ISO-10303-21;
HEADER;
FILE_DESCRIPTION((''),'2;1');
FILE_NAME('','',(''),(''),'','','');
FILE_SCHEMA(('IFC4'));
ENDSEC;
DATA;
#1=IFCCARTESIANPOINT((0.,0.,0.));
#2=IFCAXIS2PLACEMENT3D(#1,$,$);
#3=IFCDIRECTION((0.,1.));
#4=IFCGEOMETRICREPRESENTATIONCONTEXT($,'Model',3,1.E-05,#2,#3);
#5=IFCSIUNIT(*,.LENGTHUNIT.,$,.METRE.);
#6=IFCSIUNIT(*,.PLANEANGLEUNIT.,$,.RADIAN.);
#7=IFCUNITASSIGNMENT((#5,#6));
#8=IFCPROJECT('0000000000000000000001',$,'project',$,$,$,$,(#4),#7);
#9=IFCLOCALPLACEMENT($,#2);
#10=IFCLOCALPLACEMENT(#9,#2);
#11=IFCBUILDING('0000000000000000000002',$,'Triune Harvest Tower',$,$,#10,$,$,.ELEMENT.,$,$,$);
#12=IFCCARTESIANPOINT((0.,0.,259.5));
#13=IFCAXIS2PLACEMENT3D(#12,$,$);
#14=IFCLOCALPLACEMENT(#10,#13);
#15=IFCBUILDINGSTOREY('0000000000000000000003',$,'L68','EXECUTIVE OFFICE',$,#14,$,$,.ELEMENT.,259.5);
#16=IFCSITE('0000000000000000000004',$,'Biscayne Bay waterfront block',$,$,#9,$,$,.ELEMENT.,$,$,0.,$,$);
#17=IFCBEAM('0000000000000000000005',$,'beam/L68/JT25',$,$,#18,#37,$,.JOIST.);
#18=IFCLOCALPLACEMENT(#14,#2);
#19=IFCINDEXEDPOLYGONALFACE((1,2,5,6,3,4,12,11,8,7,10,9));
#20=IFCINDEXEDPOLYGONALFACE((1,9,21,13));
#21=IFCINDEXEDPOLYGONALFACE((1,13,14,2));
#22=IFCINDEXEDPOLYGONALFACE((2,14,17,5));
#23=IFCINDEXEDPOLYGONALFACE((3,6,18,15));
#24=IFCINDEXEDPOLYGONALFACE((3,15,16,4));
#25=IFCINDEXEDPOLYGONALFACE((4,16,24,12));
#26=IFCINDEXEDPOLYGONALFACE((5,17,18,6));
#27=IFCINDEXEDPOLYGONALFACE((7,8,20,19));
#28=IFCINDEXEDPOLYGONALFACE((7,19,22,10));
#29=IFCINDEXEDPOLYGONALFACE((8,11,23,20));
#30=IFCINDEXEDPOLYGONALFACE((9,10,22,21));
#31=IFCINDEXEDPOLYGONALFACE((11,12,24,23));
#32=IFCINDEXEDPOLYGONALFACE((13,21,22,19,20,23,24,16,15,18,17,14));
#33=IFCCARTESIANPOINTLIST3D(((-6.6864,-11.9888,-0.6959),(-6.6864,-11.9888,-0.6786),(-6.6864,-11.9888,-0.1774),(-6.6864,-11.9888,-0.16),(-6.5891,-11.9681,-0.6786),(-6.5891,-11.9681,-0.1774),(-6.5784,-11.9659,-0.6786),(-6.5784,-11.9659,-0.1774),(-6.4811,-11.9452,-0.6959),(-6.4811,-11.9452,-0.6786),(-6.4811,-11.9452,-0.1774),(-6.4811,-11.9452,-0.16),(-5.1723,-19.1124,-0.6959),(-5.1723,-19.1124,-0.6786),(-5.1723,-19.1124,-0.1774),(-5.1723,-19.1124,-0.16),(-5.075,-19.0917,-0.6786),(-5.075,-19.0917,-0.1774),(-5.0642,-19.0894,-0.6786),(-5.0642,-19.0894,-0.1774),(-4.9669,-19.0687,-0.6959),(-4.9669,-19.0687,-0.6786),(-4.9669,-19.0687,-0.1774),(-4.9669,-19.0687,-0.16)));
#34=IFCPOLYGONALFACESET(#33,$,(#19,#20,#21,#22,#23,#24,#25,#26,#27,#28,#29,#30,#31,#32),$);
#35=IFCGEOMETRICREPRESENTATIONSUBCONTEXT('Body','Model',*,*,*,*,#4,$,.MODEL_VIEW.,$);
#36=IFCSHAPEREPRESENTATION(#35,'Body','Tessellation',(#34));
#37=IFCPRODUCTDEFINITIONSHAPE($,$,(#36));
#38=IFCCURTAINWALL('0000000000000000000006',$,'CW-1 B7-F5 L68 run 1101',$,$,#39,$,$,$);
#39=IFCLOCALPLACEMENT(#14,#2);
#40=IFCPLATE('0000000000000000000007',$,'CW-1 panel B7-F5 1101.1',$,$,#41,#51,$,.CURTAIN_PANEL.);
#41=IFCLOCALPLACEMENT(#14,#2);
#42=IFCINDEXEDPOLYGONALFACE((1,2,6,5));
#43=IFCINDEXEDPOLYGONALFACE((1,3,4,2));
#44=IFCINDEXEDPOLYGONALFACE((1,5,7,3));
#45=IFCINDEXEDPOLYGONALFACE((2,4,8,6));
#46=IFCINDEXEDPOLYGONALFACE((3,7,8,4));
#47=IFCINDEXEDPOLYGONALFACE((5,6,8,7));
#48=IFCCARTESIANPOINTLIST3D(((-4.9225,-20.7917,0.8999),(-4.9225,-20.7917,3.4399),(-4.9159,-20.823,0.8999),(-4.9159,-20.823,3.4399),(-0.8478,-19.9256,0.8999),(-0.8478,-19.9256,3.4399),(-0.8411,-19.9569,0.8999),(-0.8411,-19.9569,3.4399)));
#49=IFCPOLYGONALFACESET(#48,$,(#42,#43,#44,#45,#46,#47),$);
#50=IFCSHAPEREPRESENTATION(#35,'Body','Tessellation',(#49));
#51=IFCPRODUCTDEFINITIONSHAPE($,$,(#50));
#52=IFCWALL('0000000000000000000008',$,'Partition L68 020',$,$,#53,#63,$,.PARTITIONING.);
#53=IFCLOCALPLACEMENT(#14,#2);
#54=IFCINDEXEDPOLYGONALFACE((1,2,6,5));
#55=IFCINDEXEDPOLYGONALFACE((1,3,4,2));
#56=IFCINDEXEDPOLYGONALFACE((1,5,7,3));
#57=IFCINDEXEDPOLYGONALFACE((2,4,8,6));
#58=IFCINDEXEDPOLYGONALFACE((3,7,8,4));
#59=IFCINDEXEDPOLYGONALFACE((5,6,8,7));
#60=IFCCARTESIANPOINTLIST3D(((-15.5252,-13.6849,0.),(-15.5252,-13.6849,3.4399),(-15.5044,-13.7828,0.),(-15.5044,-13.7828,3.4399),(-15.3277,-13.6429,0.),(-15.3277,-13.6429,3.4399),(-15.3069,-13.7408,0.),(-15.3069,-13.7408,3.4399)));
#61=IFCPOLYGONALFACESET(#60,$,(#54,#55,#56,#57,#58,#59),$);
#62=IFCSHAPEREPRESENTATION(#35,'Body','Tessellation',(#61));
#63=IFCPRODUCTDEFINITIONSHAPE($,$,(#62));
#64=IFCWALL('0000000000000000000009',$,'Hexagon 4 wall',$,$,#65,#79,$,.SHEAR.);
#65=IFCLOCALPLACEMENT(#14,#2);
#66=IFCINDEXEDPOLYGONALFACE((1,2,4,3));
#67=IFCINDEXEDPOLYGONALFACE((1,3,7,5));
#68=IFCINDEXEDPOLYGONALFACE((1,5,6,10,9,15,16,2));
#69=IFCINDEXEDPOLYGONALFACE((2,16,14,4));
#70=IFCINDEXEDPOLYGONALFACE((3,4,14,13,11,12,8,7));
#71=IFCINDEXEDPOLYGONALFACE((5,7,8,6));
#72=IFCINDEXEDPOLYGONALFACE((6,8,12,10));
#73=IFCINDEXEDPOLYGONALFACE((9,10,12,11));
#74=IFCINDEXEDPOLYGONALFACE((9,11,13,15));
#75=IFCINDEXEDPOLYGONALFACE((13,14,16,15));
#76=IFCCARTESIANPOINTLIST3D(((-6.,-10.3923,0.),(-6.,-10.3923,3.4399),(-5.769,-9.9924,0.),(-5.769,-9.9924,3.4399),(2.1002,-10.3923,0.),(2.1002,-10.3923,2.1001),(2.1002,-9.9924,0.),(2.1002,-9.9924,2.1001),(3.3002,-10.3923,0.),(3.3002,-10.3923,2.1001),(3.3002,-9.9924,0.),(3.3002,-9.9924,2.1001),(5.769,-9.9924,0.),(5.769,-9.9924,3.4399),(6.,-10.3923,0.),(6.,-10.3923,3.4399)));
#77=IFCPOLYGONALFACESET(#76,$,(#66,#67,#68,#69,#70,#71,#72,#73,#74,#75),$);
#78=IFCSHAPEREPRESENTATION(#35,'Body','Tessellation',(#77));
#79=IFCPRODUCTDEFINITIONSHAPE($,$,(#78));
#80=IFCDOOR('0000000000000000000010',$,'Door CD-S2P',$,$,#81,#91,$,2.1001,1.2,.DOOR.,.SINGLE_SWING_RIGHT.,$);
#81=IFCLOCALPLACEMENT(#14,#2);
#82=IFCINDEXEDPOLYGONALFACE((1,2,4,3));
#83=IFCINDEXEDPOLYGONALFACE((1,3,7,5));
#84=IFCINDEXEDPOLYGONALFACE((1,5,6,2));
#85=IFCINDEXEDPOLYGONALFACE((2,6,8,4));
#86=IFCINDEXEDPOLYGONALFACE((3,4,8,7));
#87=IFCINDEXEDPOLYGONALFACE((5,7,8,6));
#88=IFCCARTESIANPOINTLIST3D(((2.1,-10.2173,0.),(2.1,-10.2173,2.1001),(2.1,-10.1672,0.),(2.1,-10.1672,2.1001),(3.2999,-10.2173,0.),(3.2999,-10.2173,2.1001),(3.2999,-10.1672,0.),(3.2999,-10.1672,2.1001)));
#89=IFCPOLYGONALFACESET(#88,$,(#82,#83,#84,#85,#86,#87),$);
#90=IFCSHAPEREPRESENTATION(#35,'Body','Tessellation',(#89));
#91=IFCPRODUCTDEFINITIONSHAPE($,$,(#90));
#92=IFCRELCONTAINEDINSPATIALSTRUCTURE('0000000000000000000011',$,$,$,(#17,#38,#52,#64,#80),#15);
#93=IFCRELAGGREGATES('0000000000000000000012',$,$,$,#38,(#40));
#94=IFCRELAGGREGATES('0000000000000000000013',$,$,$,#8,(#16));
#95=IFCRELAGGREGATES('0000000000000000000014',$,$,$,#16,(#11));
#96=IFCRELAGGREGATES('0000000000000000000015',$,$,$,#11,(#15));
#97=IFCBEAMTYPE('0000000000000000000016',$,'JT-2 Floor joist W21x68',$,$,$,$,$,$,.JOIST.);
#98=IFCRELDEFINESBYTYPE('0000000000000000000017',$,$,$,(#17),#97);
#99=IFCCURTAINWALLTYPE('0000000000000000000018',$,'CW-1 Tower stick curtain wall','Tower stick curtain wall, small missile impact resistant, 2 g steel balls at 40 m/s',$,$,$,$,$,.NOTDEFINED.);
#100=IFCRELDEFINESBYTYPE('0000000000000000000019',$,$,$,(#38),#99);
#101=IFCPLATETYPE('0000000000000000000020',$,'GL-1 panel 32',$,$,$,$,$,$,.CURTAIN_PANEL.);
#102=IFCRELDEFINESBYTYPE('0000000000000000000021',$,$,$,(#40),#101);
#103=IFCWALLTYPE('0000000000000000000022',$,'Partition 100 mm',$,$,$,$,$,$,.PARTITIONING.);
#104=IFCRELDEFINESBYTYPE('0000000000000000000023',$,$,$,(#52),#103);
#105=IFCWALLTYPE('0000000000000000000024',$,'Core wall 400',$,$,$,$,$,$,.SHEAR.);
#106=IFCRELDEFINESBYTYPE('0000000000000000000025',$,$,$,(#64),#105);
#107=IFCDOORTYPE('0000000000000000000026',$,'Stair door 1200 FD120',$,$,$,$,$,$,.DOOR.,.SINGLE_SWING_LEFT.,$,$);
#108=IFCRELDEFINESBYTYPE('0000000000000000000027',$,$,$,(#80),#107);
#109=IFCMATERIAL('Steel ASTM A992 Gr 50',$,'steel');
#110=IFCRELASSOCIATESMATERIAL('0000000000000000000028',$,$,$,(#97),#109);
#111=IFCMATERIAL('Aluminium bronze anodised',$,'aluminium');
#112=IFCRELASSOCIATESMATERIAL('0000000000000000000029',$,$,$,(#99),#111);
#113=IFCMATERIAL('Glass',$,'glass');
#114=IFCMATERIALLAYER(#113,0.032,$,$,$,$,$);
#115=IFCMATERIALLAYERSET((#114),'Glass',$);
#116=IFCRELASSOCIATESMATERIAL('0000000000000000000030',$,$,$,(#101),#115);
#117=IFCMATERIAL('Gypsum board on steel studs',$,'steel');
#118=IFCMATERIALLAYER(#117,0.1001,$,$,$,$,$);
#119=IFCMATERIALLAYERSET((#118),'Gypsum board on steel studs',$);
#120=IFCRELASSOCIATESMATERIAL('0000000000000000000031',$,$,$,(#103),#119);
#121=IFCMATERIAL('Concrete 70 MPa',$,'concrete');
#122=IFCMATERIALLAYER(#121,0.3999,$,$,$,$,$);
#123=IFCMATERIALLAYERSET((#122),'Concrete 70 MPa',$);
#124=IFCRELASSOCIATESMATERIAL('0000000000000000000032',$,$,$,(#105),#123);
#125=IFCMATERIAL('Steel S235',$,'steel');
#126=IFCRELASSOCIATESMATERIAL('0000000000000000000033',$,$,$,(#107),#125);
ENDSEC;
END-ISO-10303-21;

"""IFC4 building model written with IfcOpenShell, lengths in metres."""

from ifc_helpers import new_model, si_unit, direction, frame, frame_2d, origin, origin_2d, place, context, subcontext, project, spatial, polyline, rectangle, i_section, outline, extrude, source, transform, mapped, material, layer, layer_set, material_profile, profile_set, type_object, element, fill, aggregate, save


model = new_model("IFC4")

# Units and contexts
model_context = context("Model", 3, precision=1e-05, world=origin(), true_north=direction((0.0, 1.0)))
body_context = subcontext(model_context, "Body", "Model", "MODEL_VIEW")
ifc_project = project(units=[si_unit("LENGTHUNIT", "METRE"), si_unit("PLANEANGLEUNIT", "RADIAN")], contexts=[model_context])

# Site, building, storey
site_placement = place(None, origin())
site = spatial("IfcSite", under=ifc_project, at=site_placement, Name="Biscayne Bay waterfront block", CompositionType="ELEMENT", RefElevation=0.0)
building_placement = place(site_placement, origin())
building = spatial("IfcBuilding", under=site, at=building_placement, Name="Triune Harvest Tower", CompositionType="ELEMENT")
storey_placement = place(building_placement, frame((0.0, 0.0, 259.5)))
storey = spatial("IfcBuildingStorey", under=building, at=storey_placement, Name="L68", Description="EXECUTIVE OFFICE", CompositionType="ELEMENT", Elevation=259.5)

# Beam
ifc_material_1 = material(Name="Steel ASTM A992 Gr 50", Category="steel")
ifc_material_profile_1 = material_profile(ifc_material_1, i_section(OverallWidth=0.21, OverallDepth=0.5359, WebThickness=0.011, FlangeThickness=0.0173, at=origin_2d()), Name="W21x68")
ifc_profile_set_1 = profile_set([ifc_material_profile_1], Name="Steel ASTM A992 Gr 50")
beam_type_1 = type_object("IfcBeamType", Name="JT-2 Floor joist W21x68", PredefinedType="JOIST", material=ifc_profile_set_1)
shared_shape_1 = source(origin(), body_context, "Body", "SweptSolid", [
    extrude(i_section(OverallWidth=0.21, OverallDepth=0.5359, WebThickness=0.011, FlangeThickness=0.0173, at=origin_2d()), origin(), (0.0, 0.0, 1.0), 7.2827),
])
beam_1_placement = place(storey_placement, frame((-5.0696, -19.0906, -0.428), z_axis=(-0.207912, 0.978147, 0.0), x_axis=(-0.978147, -0.207912, 0.0)))
element("IfcBeam", 1, at=beam_1_placement, inside=storey, type_object=beam_type_1, Name="beam/L68/JT25", PredefinedType="JOIST", context=body_context, shape_type="MappedRepresentation", body=[
    mapped(shared_shape_1, transform((0.0, 0.0, 0.0), scale=1.0)),
])

# Curtain wall, plate
ifc_material_2 = material(Name="Aluminium bronze anodised", Category="aluminium")
curtain_wall_type = type_object("IfcCurtainWallType", Name="CW-1 Tower stick curtain wall", Description="Tower stick curtain wall, small missile impact resistant, 2 g steel balls at 40 m/s", PredefinedType="NOTDEFINED", material=ifc_material_2)
curtain_wall_placement = place(storey_placement, origin())
curtain_wall = element("IfcCurtainWall", 2, at=curtain_wall_placement, inside=storey, type_object=curtain_wall_type, Name="CW-1 B7-F5 L68 run 1101")
ifc_material_3 = material(Name="Glass", Category="glass")
ifc_layer_1 = layer(ifc_material_3, 0.032)
ifc_layer_set_1 = layer_set([ifc_layer_1], Name="Glass")
plate_type = type_object("IfcPlateType", Name="GL-1 panel 32", PredefinedType="CURTAIN_PANEL", material=ifc_layer_set_1)
shared_shape_2 = source(origin(), body_context, "Body", "SweptSolid", [
    extrude(rectangle(XDim=4.1658, YDim=0.032, at=origin_2d()), origin(), (0.0, 0.0, 1.0), 2.54),
])
plate_placement = place(storey_placement, frame((-2.8818, -20.3743, 0.8999), z_axis=(0.0, 0.0, 1.0), x_axis=(0.978148, 0.20791, 0.0)))
plate = element("IfcPlate", 3, at=plate_placement, type_object=plate_type, Name="CW-1 panel B7-F5 1101.1", PredefinedType="CURTAIN_PANEL", context=body_context, shape_type="MappedRepresentation", body=[
    mapped(shared_shape_2, transform((0.0, 0.0, 0.0), scale=1.0)),
])
aggregate(curtain_wall, [plate])

# Wall
ifc_material_4 = material(Name="Gypsum board on steel studs", Category="steel")
ifc_layer_2 = layer(ifc_material_4, 0.1001)
ifc_layer_set_2 = layer_set([ifc_layer_2], Name="Gypsum board on steel studs")
wall_type_1 = type_object("IfcWallType", Name="Partition 100 mm", PredefinedType="PARTITIONING", material=ifc_layer_set_2)
wall_1_placement = place(storey_placement, frame((-15.5149, -13.7339, 0.0), z_axis=(0.0, 0.0, 1.0), x_axis=(0.978137, 0.20796, 0.0)))
element("IfcWall", 4, at=wall_1_placement, inside=storey, type_object=wall_type_1, Name="Partition L68 020", PredefinedType="PARTITIONING", context=body_context, shape_type="SweptSolid", body=[
    extrude(rectangle(XDim=0.2019, YDim=0.1001, at=frame_2d((0.1011, 0.0))), origin(), (0.0, 0.0, 1.0), 3.4399),
])

# Wall, opening, door
ifc_material_5 = material(Name="Concrete 70 MPa", Category="concrete")
ifc_layer_3 = layer(ifc_material_5, 0.3999)
ifc_layer_set_3 = layer_set([ifc_layer_3], Name="Concrete 70 MPa")
wall_type_2 = type_object("IfcWallType", Name="Core wall 400", PredefinedType="SHEAR", material=ifc_layer_set_3)
shared_shape_3 = source(origin(), body_context, "Body", "SweptSolid", [
    extrude(outline(polyline([(-0.1155, -0.2), (11.8845, -0.2), (11.6536, 0.2), (0.1155, 0.2), (-0.1155, -0.2)])), origin(), (0.0, 0.0, 1.0), 3.4399),
])
wall_2_placement = place(storey_placement, frame((-5.8845, -10.1924, 0.0), z_axis=(0.0, 0.0, 1.0), x_axis=(1.0, 0.0, 0.0)))
wall_2 = element("IfcWall", 5, at=wall_2_placement, inside=storey, type_object=wall_type_2, Name="Hexagon 4 wall", PredefinedType="SHEAR", context=body_context, shape_type="MappedRepresentation", body=[
    mapped(shared_shape_3, transform((0.0, 0.0, 0.0), scale=1.0)),
])
opening_1_placement = place(wall_2_placement, frame((7.9846, 0.0, 0.0)))
opening_1 = element("IfcOpeningElement", 6, at=opening_1_placement, cuts=wall_2, PredefinedType="OPENING", context=body_context, shape_type="SweptSolid", body=[
    extrude(rectangle(XDim=1.2, YDim=2.1001, at=frame_2d((0.6001, 1.05))), frame((0.0, 0.21, 0.0), z_axis=(0.0, -1.0, 0.0), x_axis=(1.0, 0.0, 0.0)), (0.0, 0.0, 1.0), 0.4199),
])
ifc_material_6 = material(Name="Steel S235", Category="steel")
door_type_1 = type_object("IfcDoorType", Name="Stair door 1200 FD120", OperationType="SINGLE_SWING_LEFT", PredefinedType="DOOR", material=ifc_material_6)
door_1_placement = place(opening_1_placement, frame((1.2, 0.0, 0.0), z_axis=(0.0, 0.0, 1.0), x_axis=(-1.0, 0.0, 0.0)))
door_1 = element("IfcDoor", 7, at=door_1_placement, inside=storey, type_object=door_type_1, Name="Door CD-S2P", OperationType="SINGLE_SWING_RIGHT", OverallHeight=2.1001, OverallWidth=1.2, PredefinedType="DOOR", context=body_context, shape_type="SweptSolid", body=[
    extrude(rectangle(XDim=1.2, YDim=2.1001, at=frame_2d((0.6001, 1.05))), frame((0.0, 0.0249, 0.0), z_axis=(0.0, -1.0, 0.0), x_axis=(1.0, 0.0, 0.0)), (0.0, 0.0, 1.0), 0.05),
])
fill(opening_1, door_1)

save(model, "model.ifc")
